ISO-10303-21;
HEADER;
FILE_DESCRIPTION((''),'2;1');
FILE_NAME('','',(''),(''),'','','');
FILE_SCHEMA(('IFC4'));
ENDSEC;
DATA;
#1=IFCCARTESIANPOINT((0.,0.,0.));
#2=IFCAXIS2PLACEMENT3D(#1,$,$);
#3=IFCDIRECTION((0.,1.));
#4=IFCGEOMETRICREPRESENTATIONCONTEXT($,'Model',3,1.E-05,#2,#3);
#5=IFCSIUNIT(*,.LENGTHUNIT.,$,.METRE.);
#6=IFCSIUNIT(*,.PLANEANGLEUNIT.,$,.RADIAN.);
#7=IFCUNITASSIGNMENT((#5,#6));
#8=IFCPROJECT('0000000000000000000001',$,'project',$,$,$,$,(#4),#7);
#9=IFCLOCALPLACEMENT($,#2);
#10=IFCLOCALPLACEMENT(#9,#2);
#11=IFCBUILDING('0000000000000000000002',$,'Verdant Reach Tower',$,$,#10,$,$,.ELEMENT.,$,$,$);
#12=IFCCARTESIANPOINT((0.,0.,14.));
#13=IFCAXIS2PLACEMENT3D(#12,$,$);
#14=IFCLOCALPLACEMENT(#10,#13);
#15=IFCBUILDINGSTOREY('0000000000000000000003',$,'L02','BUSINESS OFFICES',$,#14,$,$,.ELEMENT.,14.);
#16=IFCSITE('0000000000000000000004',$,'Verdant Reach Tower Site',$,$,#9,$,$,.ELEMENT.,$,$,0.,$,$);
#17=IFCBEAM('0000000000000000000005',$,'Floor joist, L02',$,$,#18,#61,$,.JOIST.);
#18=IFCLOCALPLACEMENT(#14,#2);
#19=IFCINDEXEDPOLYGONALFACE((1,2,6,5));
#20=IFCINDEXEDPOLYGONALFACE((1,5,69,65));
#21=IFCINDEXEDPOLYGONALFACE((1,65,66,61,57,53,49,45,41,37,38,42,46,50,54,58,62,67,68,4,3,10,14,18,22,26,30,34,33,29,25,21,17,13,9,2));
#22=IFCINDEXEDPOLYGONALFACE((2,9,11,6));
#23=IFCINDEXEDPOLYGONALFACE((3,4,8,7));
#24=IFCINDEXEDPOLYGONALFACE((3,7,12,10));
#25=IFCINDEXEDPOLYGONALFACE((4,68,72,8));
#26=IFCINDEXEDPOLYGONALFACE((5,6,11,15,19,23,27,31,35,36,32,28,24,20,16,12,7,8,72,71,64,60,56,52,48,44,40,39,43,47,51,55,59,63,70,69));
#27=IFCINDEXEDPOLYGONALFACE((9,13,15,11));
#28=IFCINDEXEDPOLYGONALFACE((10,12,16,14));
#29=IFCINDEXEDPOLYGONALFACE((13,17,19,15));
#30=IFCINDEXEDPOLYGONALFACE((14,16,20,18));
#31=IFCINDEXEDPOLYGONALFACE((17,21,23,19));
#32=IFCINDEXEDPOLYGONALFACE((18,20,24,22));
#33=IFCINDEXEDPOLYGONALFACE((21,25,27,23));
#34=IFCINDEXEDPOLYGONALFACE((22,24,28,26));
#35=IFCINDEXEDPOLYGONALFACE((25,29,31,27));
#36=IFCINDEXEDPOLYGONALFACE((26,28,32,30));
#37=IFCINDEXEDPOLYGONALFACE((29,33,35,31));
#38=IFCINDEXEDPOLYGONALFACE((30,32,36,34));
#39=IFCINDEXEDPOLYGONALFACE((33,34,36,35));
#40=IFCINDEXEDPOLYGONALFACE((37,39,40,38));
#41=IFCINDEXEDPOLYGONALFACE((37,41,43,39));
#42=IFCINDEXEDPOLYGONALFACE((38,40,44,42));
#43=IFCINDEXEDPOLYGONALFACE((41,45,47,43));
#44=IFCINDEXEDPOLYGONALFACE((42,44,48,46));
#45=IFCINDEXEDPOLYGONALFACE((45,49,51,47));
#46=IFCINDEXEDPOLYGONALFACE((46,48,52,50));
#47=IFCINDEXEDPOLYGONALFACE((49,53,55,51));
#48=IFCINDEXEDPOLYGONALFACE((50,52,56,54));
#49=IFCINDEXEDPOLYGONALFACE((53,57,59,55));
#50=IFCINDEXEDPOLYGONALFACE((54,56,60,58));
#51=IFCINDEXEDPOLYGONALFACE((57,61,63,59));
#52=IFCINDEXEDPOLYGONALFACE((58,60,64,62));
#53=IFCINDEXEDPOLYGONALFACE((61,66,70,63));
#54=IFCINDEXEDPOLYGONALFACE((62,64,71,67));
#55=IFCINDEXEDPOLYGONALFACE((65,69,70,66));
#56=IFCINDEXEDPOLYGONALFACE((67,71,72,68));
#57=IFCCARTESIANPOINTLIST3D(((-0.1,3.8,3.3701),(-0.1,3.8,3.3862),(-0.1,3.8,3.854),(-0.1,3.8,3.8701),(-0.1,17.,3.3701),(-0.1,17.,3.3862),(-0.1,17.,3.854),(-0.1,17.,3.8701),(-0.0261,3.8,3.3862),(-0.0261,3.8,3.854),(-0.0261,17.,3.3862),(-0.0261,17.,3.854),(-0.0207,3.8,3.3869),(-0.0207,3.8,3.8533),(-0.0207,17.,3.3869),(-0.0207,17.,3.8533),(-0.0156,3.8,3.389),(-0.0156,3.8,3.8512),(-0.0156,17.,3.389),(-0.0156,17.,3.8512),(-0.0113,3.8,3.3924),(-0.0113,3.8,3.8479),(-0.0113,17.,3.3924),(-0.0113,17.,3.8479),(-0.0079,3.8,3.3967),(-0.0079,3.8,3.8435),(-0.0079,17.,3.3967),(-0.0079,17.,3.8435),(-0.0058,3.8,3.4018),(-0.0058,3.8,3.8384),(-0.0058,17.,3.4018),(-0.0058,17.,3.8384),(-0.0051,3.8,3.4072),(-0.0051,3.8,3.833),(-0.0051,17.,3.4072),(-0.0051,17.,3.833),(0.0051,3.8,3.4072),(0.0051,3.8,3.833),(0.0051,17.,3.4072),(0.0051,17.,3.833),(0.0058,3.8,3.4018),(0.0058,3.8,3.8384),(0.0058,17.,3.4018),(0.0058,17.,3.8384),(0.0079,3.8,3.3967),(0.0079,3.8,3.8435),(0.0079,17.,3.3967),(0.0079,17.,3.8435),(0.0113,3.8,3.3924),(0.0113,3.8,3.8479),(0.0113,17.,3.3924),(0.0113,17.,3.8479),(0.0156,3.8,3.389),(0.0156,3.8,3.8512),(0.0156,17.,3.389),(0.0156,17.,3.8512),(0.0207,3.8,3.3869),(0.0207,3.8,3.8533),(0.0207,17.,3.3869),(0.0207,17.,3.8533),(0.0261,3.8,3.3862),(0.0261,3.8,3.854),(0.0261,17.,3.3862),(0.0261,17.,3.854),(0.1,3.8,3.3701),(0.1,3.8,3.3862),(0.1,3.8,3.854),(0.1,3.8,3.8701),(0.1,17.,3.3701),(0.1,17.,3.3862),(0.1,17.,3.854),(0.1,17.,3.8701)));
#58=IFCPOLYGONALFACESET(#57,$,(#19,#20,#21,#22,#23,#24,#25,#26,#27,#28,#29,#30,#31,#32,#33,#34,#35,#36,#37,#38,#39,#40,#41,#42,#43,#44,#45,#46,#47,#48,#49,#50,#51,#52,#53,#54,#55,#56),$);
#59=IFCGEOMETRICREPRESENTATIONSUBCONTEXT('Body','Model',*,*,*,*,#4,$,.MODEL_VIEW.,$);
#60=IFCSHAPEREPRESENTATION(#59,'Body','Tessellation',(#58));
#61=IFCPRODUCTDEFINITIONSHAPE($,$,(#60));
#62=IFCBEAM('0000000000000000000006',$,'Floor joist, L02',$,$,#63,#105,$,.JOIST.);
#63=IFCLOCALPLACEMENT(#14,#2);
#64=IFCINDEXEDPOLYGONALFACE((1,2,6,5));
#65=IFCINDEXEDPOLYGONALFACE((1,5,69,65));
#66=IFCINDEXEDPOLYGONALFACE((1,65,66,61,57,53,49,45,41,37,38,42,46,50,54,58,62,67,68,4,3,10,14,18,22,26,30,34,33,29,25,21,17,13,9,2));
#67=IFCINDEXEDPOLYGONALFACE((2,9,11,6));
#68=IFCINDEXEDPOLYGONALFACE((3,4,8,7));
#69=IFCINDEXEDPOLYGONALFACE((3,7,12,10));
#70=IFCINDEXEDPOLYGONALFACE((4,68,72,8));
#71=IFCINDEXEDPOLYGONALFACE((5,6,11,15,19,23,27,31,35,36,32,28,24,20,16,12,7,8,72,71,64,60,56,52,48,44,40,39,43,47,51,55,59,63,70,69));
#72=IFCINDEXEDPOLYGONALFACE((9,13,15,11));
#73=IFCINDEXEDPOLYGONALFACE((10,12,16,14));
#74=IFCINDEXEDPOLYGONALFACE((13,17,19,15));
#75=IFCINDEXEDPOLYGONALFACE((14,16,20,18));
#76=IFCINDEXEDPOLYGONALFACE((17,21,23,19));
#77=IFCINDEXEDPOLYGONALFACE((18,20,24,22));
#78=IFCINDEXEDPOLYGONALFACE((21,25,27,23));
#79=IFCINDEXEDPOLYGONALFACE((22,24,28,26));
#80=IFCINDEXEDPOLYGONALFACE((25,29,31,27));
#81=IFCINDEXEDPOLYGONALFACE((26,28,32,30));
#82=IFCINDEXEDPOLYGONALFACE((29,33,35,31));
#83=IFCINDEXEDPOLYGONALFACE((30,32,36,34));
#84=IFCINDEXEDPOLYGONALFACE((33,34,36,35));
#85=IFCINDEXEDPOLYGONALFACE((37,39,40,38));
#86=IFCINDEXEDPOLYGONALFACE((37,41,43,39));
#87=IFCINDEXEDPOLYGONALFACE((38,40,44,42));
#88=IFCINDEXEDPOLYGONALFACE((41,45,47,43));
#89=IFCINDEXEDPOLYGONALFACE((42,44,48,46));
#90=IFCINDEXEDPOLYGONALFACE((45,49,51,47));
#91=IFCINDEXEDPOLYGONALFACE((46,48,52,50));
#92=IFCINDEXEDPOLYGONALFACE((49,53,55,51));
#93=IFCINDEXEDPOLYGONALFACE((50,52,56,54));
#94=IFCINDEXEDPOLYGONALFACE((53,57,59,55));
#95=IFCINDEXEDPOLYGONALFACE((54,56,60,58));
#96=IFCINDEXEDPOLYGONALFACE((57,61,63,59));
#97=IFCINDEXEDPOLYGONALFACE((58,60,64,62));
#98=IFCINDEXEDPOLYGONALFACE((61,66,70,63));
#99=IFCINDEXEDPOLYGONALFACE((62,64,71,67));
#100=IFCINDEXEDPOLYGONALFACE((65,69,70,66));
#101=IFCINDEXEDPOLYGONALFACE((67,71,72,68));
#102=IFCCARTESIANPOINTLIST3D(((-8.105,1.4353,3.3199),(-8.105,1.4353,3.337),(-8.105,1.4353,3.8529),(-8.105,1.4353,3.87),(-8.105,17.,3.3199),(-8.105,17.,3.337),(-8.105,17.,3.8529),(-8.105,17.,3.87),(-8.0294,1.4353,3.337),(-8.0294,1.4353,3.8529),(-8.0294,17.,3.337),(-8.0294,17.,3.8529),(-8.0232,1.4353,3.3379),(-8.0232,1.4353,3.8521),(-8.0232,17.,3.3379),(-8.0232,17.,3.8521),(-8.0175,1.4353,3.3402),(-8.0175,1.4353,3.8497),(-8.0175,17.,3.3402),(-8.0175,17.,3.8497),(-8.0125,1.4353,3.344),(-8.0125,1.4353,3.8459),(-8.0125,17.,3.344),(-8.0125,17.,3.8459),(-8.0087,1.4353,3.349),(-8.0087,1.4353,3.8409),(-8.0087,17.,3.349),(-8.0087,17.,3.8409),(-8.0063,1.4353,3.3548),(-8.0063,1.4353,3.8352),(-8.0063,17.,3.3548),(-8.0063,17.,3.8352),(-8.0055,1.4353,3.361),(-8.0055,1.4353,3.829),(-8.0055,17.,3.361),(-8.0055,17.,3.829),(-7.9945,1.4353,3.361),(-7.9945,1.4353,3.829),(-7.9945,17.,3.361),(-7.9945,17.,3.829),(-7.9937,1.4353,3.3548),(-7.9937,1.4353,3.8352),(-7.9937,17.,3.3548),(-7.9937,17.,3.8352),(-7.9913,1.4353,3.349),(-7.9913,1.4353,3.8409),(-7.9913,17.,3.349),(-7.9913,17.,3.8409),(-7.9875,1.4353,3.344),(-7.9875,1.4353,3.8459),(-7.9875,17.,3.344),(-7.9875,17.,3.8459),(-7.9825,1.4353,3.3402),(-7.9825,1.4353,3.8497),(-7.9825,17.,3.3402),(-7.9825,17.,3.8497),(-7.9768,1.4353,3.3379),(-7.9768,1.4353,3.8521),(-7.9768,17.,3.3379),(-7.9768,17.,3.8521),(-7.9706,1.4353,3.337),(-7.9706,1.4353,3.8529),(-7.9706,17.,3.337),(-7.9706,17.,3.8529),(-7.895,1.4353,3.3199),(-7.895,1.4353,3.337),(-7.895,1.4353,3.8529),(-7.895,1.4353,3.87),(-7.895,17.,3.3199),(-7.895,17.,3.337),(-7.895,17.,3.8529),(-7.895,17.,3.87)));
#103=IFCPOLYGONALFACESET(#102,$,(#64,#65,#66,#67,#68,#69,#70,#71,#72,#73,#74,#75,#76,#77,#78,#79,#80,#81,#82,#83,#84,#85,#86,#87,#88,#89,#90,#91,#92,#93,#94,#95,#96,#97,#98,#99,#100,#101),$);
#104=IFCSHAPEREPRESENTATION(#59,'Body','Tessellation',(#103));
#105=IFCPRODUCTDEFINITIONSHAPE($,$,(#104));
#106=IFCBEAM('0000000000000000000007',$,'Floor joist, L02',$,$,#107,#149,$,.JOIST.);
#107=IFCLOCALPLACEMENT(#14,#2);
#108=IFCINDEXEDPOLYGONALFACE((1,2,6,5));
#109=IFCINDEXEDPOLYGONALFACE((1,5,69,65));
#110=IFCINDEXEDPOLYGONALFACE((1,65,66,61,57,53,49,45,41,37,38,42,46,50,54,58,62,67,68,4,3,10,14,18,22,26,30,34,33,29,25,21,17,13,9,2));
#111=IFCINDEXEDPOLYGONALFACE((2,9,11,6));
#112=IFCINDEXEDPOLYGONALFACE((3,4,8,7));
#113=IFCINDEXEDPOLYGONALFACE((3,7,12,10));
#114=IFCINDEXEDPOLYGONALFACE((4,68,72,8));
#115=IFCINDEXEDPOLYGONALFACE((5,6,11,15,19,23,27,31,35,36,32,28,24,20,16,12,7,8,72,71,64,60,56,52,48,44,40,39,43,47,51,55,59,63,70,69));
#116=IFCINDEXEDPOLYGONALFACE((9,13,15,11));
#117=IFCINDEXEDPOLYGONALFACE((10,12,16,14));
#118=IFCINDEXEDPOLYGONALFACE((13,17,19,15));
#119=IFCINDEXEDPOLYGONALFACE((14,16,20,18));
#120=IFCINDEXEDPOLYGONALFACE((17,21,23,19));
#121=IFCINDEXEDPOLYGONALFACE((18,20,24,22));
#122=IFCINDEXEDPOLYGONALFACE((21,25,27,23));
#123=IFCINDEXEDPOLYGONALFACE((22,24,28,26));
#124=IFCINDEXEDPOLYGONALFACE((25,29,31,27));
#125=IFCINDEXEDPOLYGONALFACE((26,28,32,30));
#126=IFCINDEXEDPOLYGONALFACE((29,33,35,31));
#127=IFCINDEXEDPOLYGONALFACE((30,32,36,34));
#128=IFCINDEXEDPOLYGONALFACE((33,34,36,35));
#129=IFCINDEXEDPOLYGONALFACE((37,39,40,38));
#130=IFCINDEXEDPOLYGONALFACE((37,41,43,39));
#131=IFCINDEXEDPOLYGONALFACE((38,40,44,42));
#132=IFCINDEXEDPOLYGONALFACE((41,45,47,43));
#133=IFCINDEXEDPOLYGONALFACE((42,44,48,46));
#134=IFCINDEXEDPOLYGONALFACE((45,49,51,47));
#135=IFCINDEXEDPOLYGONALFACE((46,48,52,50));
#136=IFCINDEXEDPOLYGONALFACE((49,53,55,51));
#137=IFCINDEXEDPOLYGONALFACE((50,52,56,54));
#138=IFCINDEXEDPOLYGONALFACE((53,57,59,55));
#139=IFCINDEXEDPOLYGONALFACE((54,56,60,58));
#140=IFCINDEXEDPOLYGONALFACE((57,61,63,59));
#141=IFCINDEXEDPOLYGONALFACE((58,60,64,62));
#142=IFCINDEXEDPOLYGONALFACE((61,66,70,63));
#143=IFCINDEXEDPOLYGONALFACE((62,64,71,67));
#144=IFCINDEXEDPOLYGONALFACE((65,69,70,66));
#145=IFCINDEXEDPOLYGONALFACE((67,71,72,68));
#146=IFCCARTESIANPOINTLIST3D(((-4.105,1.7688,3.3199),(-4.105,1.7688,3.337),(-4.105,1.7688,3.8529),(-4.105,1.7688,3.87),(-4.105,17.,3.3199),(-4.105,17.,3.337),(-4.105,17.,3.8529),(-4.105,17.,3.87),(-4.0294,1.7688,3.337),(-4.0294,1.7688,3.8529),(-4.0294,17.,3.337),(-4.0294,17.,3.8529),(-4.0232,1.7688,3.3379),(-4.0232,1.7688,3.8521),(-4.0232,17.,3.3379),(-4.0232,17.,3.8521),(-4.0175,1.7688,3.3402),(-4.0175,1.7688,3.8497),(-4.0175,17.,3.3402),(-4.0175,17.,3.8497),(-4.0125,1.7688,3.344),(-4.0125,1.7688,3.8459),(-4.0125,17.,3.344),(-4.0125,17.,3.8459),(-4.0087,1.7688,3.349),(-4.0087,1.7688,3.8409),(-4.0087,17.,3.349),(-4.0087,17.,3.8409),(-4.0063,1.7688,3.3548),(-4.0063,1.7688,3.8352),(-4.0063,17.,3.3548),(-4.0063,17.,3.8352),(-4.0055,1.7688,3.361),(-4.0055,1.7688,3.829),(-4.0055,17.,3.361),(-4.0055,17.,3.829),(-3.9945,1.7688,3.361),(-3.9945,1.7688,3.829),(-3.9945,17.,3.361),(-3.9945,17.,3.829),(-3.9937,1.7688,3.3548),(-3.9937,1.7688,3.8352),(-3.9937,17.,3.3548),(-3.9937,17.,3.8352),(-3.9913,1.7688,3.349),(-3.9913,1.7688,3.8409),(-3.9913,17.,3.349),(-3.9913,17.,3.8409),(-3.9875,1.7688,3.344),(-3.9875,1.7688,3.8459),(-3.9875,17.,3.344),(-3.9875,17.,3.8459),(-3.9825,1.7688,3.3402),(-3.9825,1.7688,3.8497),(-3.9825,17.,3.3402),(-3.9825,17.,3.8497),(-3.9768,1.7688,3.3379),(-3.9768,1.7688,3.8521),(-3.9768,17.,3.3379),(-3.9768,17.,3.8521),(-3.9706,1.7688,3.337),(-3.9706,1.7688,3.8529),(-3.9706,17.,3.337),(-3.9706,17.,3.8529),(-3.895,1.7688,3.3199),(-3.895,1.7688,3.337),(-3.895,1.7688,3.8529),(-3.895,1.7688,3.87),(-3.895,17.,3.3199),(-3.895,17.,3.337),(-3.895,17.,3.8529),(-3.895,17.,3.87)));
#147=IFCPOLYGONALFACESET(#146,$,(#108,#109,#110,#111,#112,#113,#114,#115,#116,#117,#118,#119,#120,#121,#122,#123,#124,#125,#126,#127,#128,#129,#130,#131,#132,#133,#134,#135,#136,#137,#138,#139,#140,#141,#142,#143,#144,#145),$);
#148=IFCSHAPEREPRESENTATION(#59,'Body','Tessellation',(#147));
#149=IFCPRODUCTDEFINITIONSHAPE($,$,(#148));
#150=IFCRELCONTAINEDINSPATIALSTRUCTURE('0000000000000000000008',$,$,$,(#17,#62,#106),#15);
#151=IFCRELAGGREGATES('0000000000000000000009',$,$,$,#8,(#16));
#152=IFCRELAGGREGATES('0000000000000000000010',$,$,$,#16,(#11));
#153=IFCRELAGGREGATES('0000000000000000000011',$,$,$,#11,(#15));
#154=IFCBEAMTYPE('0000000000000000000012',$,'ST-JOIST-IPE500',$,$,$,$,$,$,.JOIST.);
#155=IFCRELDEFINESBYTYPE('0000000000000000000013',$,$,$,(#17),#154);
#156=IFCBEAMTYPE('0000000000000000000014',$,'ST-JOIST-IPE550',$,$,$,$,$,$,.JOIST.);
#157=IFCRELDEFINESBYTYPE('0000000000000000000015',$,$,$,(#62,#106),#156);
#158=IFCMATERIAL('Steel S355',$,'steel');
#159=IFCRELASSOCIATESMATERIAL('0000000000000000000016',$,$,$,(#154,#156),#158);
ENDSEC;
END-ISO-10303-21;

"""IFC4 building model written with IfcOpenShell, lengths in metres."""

from ifc_helpers import new_model, si_unit, direction, frame, origin, origin_2d, place, context, subcontext, project, spatial, i_section, extrude, material, material_profile, profile_set, type_object, element, save


model = new_model("IFC4")

# Units and contexts
model_context = context("Model", 3, precision=1e-05, world=origin(), true_north=direction((0.0, 1.0)))
body_context = subcontext(model_context, "Body", "Model", "MODEL_VIEW")
ifc_project = project(units=[si_unit("LENGTHUNIT", "METRE"), si_unit("PLANEANGLEUNIT", "RADIAN")], contexts=[model_context])

# Site, building, storey
site_placement = place(None, origin())
site = spatial("IfcSite", under=ifc_project, at=site_placement, Name="Verdant Reach Tower Site", CompositionType="ELEMENT", RefElevation=0.0)
building_placement = place(site_placement, origin())
building = spatial("IfcBuilding", under=site, at=building_placement, Name="Verdant Reach Tower", CompositionType="ELEMENT")
storey_placement = place(building_placement, frame((0.0, 0.0, 14.0)))
storey = spatial("IfcBuildingStorey", under=building, at=storey_placement, Name="L02", Description="BUSINESS OFFICES", CompositionType="ELEMENT", Elevation=14.0)

# Beams
ifc_material_1 = material(Name="Steel S355", Category="steel")
ifc_material_profile_1 = material_profile(ifc_material_1, i_section(OverallWidth=0.2, OverallDepth=0.5, WebThickness=0.0103, FlangeThickness=0.0161, FilletRadius=0.021, at=origin_2d()), Name="IPE 500")
ifc_profile_set_1 = profile_set([ifc_material_profile_1], Name="Steel S355")
beam_type_1 = type_object("IfcBeamType", Name="ST-JOIST-IPE500", PredefinedType="JOIST", material=ifc_profile_set_1)
beam_1_placement = place(storey_placement, frame((0.0, 17.0, 3.6201), z_axis=(0.0, -1.0, 0.0), x_axis=(1.0, 0.0, 0.0)))
element("IfcBeam", 1, at=beam_1_placement, inside=storey, type_object=beam_type_1, Name="Floor joist, L02", PredefinedType="JOIST", context=body_context, shape_type="SweptSolid", body=[
    extrude(i_section(OverallWidth=0.2, OverallDepth=0.5, WebThickness=0.0103, FlangeThickness=0.0161, FilletRadius=0.021, at=origin_2d()), origin(), (0.0, 0.0, 1.0), 13.2),
])
ifc_material_profile_2 = material_profile(ifc_material_1, i_section(OverallWidth=0.21, OverallDepth=0.55, WebThickness=0.011, FlangeThickness=0.0171, FilletRadius=0.0239, at=origin_2d()), Name="IPE 550")
ifc_profile_set_2 = profile_set([ifc_material_profile_2], Name="Steel S355")
beam_type_2 = type_object("IfcBeamType", Name="ST-JOIST-IPE550", PredefinedType="JOIST", material=ifc_profile_set_2)
beam_2_placement = place(storey_placement, frame((-8.0, 17.0, 3.595), z_axis=(0.0, -1.0, 0.0), x_axis=(1.0, 0.0, 0.0)))
element("IfcBeam", 2, at=beam_2_placement, inside=storey, type_object=beam_type_2, Name="Floor joist, L02", PredefinedType="JOIST", context=body_context, shape_type="SweptSolid", body=[
    extrude(i_section(OverallWidth=0.21, OverallDepth=0.55, WebThickness=0.011, FlangeThickness=0.0171, FilletRadius=0.0239, at=origin_2d()), origin(), (0.0, 0.0, 1.0), 15.5647),
])
beam_3_placement = place(storey_placement, frame((-4.0, 17.0, 3.595), z_axis=(0.0, -1.0, 0.0), x_axis=(1.0, 0.0, 0.0)))
element("IfcBeam", 3, at=beam_3_placement, inside=storey, type_object=beam_type_2, Name="Floor joist, L02", PredefinedType="JOIST", context=body_context, shape_type="SweptSolid", body=[
    extrude(i_section(OverallWidth=0.21, OverallDepth=0.55, WebThickness=0.011, FlangeThickness=0.0171, FilletRadius=0.0239, at=origin_2d()), origin(), (0.0, 0.0, 1.0), 15.2312),
])

save(model, "model.ifc")
